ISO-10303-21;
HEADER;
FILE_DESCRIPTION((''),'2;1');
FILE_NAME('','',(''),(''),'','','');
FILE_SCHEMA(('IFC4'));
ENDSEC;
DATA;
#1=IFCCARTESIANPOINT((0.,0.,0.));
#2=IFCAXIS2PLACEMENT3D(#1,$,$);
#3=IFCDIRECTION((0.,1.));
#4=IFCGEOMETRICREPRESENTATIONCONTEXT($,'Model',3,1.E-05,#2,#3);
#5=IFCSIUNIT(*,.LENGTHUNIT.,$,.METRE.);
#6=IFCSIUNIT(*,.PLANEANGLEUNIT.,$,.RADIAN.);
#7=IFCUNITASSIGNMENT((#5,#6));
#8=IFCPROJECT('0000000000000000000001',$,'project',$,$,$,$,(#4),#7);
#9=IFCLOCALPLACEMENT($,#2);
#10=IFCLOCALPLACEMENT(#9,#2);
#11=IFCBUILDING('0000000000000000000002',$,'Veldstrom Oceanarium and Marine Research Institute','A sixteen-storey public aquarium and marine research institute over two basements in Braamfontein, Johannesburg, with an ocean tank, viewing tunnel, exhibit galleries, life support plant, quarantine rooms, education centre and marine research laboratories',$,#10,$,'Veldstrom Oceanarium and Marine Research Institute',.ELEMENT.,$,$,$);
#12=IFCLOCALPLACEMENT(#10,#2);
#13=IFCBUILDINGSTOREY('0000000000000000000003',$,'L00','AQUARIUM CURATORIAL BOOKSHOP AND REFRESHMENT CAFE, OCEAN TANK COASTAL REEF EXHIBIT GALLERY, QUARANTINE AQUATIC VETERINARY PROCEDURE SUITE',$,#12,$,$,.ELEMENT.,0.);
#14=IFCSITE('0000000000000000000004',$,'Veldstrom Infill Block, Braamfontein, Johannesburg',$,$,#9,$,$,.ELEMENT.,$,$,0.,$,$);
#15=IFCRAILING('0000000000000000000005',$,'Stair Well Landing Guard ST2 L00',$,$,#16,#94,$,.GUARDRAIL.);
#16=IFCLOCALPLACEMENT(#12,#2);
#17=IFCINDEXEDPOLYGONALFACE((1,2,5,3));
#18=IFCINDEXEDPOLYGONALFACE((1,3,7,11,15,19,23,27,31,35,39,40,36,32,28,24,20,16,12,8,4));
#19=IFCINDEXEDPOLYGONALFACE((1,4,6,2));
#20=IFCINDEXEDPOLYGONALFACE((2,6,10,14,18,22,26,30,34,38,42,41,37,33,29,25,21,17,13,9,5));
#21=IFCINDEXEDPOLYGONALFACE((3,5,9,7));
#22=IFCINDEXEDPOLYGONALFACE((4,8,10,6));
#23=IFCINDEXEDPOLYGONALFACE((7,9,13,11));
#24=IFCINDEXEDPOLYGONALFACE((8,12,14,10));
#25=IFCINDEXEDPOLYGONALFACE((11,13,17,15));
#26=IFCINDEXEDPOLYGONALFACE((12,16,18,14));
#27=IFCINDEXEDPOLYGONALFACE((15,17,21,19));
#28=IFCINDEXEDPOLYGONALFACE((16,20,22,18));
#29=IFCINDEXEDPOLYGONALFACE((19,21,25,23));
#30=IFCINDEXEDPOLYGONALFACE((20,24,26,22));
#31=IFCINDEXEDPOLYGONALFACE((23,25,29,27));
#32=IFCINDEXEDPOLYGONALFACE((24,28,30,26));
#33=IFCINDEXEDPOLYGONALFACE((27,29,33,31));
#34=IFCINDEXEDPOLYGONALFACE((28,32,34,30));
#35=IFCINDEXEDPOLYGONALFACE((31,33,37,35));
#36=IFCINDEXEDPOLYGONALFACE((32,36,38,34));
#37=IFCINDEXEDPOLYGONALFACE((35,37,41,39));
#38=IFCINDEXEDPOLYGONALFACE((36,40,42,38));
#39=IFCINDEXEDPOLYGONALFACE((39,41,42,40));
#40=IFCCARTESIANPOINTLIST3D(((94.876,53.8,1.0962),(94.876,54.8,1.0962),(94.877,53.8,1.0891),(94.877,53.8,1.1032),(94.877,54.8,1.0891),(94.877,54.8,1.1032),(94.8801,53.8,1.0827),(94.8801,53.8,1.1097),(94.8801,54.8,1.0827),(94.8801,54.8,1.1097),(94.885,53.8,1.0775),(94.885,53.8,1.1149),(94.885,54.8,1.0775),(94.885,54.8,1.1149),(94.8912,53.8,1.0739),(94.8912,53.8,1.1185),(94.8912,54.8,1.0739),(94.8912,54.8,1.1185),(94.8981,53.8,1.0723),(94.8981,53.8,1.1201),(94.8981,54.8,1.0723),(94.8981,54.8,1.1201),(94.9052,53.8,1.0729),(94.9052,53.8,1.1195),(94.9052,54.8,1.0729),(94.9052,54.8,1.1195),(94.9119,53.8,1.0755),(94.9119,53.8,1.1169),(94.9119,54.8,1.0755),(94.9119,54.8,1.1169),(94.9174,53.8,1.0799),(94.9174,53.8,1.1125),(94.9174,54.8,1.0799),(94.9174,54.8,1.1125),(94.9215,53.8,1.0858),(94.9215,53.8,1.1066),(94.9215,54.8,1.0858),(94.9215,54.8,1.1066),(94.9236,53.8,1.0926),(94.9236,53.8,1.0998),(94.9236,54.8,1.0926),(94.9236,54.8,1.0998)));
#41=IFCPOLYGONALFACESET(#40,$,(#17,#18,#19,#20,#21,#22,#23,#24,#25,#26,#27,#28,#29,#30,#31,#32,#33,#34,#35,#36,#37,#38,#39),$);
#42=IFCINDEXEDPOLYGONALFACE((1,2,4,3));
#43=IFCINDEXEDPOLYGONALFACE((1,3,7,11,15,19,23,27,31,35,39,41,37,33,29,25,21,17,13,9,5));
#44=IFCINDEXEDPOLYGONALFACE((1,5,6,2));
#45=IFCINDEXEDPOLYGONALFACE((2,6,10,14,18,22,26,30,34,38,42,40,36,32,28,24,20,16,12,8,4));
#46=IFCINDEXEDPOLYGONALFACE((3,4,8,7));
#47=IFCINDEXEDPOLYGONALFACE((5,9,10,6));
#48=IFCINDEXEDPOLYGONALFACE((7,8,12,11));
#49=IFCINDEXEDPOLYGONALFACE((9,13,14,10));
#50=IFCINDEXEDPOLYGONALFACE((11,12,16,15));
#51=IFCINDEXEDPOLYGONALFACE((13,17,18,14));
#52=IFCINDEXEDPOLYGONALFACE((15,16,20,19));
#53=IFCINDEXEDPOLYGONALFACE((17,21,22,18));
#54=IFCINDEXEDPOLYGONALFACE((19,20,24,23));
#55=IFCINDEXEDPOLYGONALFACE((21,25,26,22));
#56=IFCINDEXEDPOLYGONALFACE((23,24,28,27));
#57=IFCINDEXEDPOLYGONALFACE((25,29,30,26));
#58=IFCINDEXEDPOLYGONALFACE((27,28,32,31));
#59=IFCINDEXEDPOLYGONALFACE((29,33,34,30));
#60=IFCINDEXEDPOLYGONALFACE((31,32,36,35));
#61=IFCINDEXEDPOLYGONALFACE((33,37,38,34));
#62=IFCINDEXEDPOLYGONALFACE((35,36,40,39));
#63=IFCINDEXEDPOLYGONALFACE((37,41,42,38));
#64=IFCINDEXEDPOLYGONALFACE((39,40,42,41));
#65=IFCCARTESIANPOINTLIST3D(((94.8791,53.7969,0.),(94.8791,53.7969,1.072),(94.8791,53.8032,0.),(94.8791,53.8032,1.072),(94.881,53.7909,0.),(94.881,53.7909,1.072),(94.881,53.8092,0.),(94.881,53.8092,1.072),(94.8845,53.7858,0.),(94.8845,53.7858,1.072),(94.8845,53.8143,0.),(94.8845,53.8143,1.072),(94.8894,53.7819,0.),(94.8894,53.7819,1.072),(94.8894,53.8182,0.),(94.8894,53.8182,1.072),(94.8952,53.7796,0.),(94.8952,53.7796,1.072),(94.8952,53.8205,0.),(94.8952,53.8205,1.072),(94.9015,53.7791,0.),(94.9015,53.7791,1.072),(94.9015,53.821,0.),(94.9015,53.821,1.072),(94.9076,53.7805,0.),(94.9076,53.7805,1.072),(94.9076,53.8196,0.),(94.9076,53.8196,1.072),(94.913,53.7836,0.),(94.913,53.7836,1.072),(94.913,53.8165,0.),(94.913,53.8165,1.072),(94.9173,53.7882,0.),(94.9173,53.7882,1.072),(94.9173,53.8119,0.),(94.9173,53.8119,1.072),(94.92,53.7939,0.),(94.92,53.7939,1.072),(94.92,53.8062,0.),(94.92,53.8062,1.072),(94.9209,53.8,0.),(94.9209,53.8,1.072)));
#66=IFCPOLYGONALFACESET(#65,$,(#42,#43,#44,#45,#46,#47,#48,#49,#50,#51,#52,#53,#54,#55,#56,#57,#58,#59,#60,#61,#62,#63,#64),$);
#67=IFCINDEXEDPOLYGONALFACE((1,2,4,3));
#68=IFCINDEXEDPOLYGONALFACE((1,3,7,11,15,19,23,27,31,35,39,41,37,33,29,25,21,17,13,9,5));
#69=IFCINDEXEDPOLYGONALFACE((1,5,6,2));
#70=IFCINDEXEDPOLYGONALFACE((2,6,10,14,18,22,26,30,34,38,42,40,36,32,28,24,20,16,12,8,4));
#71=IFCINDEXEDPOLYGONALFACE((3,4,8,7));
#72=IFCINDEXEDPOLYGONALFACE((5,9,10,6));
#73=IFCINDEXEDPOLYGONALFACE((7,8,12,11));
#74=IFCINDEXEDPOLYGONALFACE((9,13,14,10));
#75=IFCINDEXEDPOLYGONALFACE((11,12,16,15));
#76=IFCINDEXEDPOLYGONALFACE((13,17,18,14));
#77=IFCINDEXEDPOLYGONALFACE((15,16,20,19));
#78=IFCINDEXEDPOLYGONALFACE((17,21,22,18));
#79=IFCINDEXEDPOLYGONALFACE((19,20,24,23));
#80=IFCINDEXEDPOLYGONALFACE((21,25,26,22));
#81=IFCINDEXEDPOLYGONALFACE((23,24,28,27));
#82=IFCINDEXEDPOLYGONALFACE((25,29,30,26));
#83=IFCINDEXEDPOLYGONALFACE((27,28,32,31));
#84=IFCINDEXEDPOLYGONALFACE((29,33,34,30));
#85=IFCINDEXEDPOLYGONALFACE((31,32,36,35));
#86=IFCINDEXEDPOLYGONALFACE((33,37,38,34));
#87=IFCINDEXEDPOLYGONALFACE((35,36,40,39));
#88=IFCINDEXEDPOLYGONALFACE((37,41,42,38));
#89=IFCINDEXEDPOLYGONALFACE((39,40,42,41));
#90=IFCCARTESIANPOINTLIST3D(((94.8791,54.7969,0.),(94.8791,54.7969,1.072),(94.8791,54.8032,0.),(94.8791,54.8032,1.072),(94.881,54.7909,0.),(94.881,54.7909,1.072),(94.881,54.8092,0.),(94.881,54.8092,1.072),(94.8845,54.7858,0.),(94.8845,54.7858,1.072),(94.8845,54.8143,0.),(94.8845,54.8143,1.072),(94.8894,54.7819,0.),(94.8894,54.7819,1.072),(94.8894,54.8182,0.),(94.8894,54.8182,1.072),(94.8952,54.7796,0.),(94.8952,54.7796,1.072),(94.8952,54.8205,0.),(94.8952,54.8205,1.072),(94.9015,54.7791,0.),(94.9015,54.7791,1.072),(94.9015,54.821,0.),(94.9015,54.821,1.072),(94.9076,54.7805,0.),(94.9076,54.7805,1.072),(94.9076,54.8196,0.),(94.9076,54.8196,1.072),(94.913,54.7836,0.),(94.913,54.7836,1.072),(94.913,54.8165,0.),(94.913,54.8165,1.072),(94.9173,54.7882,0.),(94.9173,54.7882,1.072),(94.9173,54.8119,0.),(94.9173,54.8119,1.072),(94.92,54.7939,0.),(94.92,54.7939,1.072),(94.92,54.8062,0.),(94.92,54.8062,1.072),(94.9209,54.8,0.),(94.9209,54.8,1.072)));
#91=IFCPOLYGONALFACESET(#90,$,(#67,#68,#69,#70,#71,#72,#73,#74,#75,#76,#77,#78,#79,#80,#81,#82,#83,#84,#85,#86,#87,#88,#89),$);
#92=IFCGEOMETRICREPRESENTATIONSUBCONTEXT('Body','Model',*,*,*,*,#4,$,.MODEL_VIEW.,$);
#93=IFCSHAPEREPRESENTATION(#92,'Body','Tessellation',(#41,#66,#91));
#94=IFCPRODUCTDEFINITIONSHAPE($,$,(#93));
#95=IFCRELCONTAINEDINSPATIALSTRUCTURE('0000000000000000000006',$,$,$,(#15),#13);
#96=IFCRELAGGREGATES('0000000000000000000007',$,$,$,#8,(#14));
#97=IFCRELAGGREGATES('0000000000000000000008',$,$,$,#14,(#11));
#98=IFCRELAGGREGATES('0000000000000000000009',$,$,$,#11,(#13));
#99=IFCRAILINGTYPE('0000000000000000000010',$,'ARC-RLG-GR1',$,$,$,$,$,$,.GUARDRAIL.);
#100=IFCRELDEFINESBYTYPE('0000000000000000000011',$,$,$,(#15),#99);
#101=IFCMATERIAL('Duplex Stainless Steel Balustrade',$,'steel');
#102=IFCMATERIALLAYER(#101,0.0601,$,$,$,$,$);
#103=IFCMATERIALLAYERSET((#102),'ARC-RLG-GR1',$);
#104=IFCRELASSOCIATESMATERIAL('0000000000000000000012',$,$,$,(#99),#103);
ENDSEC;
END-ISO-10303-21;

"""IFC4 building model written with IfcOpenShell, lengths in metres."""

from ifc_helpers import new_model, si_unit, direction, frame, origin, origin_2d, place, context, subcontext, project, spatial, circle, extrude, material, layer, layer_set, type_object, element, save


model = new_model("IFC4")

# Units and contexts
model_context = context("Model", 3, precision=1e-05, world=origin(), true_north=direction((0.0, 1.0)))
body_context = subcontext(model_context, "Body", "Model", "MODEL_VIEW")
ifc_project = project(units=[si_unit("LENGTHUNIT", "METRE"), si_unit("PLANEANGLEUNIT", "RADIAN")], contexts=[model_context])

# Site, building, storey
site_placement = place(None, origin())
site = spatial("IfcSite", under=ifc_project, at=site_placement, Name="Veldstrom Infill Block, Braamfontein, Johannesburg", CompositionType="ELEMENT", RefElevation=0.0)
building_placement = place(site_placement, origin())
building = spatial("IfcBuilding", under=site, at=building_placement, Name="Veldstrom Oceanarium and Marine Research Institute", Description="A sixteen-storey public aquarium and marine research institute over two basements in Braamfontein, Johannesburg, with an ocean tank, viewing tunnel, exhibit galleries, life support plant, quarantine rooms, education centre and marine research laboratories", LongName="Veldstrom Oceanarium and Marine Research Institute", CompositionType="ELEMENT")
storey_placement = place(building_placement, origin())
storey = spatial("IfcBuildingStorey", under=building, at=storey_placement, Name="L00", Description="AQUARIUM CURATORIAL BOOKSHOP AND REFRESHMENT CAFE, OCEAN TANK COASTAL REEF EXHIBIT GALLERY, QUARANTINE AQUATIC VETERINARY PROCEDURE SUITE", CompositionType="ELEMENT", Elevation=0.0)

# Railing
ifc_material_1 = material(Name="Duplex Stainless Steel Balustrade", Category="steel")
ifc_layer_1 = layer(ifc_material_1, 0.0601)
ifc_layer_set_1 = layer_set([ifc_layer_1], Name="ARC-RLG-GR1")
railing_type_1 = type_object("IfcRailingType", Name="ARC-RLG-GR1", PredefinedType="GUARDRAIL", material=ifc_layer_set_1)
railing_1_placement = place(storey_placement, frame((94.8999, 53.8, 0.0)))
element("IfcRailing", 1, at=railing_1_placement, inside=storey, type_object=railing_type_1, Name="Stair Well Landing Guard ST2 L00", PredefinedType="GUARDRAIL", context=body_context, shape_type="SweptSolid", body=[
    extrude(circle(Radius=0.0239, at=origin_2d()), frame((0.0, 0.0, 1.0962), z_axis=(0.0, 1.0, 0.0), x_axis=(-1.0, 0.0, 0.0)), (0.0, 0.0, 1.0), 1.0),
    extrude(circle(Radius=0.021, at=origin_2d()), origin(), (0.0, 0.0, 1.0), 1.072),
    extrude(circle(Radius=0.021, at=origin_2d()), frame((0.0, 1.0, 0.0)), (0.0, 0.0, 1.0), 1.072),
])

save(model, "model.ifc")
